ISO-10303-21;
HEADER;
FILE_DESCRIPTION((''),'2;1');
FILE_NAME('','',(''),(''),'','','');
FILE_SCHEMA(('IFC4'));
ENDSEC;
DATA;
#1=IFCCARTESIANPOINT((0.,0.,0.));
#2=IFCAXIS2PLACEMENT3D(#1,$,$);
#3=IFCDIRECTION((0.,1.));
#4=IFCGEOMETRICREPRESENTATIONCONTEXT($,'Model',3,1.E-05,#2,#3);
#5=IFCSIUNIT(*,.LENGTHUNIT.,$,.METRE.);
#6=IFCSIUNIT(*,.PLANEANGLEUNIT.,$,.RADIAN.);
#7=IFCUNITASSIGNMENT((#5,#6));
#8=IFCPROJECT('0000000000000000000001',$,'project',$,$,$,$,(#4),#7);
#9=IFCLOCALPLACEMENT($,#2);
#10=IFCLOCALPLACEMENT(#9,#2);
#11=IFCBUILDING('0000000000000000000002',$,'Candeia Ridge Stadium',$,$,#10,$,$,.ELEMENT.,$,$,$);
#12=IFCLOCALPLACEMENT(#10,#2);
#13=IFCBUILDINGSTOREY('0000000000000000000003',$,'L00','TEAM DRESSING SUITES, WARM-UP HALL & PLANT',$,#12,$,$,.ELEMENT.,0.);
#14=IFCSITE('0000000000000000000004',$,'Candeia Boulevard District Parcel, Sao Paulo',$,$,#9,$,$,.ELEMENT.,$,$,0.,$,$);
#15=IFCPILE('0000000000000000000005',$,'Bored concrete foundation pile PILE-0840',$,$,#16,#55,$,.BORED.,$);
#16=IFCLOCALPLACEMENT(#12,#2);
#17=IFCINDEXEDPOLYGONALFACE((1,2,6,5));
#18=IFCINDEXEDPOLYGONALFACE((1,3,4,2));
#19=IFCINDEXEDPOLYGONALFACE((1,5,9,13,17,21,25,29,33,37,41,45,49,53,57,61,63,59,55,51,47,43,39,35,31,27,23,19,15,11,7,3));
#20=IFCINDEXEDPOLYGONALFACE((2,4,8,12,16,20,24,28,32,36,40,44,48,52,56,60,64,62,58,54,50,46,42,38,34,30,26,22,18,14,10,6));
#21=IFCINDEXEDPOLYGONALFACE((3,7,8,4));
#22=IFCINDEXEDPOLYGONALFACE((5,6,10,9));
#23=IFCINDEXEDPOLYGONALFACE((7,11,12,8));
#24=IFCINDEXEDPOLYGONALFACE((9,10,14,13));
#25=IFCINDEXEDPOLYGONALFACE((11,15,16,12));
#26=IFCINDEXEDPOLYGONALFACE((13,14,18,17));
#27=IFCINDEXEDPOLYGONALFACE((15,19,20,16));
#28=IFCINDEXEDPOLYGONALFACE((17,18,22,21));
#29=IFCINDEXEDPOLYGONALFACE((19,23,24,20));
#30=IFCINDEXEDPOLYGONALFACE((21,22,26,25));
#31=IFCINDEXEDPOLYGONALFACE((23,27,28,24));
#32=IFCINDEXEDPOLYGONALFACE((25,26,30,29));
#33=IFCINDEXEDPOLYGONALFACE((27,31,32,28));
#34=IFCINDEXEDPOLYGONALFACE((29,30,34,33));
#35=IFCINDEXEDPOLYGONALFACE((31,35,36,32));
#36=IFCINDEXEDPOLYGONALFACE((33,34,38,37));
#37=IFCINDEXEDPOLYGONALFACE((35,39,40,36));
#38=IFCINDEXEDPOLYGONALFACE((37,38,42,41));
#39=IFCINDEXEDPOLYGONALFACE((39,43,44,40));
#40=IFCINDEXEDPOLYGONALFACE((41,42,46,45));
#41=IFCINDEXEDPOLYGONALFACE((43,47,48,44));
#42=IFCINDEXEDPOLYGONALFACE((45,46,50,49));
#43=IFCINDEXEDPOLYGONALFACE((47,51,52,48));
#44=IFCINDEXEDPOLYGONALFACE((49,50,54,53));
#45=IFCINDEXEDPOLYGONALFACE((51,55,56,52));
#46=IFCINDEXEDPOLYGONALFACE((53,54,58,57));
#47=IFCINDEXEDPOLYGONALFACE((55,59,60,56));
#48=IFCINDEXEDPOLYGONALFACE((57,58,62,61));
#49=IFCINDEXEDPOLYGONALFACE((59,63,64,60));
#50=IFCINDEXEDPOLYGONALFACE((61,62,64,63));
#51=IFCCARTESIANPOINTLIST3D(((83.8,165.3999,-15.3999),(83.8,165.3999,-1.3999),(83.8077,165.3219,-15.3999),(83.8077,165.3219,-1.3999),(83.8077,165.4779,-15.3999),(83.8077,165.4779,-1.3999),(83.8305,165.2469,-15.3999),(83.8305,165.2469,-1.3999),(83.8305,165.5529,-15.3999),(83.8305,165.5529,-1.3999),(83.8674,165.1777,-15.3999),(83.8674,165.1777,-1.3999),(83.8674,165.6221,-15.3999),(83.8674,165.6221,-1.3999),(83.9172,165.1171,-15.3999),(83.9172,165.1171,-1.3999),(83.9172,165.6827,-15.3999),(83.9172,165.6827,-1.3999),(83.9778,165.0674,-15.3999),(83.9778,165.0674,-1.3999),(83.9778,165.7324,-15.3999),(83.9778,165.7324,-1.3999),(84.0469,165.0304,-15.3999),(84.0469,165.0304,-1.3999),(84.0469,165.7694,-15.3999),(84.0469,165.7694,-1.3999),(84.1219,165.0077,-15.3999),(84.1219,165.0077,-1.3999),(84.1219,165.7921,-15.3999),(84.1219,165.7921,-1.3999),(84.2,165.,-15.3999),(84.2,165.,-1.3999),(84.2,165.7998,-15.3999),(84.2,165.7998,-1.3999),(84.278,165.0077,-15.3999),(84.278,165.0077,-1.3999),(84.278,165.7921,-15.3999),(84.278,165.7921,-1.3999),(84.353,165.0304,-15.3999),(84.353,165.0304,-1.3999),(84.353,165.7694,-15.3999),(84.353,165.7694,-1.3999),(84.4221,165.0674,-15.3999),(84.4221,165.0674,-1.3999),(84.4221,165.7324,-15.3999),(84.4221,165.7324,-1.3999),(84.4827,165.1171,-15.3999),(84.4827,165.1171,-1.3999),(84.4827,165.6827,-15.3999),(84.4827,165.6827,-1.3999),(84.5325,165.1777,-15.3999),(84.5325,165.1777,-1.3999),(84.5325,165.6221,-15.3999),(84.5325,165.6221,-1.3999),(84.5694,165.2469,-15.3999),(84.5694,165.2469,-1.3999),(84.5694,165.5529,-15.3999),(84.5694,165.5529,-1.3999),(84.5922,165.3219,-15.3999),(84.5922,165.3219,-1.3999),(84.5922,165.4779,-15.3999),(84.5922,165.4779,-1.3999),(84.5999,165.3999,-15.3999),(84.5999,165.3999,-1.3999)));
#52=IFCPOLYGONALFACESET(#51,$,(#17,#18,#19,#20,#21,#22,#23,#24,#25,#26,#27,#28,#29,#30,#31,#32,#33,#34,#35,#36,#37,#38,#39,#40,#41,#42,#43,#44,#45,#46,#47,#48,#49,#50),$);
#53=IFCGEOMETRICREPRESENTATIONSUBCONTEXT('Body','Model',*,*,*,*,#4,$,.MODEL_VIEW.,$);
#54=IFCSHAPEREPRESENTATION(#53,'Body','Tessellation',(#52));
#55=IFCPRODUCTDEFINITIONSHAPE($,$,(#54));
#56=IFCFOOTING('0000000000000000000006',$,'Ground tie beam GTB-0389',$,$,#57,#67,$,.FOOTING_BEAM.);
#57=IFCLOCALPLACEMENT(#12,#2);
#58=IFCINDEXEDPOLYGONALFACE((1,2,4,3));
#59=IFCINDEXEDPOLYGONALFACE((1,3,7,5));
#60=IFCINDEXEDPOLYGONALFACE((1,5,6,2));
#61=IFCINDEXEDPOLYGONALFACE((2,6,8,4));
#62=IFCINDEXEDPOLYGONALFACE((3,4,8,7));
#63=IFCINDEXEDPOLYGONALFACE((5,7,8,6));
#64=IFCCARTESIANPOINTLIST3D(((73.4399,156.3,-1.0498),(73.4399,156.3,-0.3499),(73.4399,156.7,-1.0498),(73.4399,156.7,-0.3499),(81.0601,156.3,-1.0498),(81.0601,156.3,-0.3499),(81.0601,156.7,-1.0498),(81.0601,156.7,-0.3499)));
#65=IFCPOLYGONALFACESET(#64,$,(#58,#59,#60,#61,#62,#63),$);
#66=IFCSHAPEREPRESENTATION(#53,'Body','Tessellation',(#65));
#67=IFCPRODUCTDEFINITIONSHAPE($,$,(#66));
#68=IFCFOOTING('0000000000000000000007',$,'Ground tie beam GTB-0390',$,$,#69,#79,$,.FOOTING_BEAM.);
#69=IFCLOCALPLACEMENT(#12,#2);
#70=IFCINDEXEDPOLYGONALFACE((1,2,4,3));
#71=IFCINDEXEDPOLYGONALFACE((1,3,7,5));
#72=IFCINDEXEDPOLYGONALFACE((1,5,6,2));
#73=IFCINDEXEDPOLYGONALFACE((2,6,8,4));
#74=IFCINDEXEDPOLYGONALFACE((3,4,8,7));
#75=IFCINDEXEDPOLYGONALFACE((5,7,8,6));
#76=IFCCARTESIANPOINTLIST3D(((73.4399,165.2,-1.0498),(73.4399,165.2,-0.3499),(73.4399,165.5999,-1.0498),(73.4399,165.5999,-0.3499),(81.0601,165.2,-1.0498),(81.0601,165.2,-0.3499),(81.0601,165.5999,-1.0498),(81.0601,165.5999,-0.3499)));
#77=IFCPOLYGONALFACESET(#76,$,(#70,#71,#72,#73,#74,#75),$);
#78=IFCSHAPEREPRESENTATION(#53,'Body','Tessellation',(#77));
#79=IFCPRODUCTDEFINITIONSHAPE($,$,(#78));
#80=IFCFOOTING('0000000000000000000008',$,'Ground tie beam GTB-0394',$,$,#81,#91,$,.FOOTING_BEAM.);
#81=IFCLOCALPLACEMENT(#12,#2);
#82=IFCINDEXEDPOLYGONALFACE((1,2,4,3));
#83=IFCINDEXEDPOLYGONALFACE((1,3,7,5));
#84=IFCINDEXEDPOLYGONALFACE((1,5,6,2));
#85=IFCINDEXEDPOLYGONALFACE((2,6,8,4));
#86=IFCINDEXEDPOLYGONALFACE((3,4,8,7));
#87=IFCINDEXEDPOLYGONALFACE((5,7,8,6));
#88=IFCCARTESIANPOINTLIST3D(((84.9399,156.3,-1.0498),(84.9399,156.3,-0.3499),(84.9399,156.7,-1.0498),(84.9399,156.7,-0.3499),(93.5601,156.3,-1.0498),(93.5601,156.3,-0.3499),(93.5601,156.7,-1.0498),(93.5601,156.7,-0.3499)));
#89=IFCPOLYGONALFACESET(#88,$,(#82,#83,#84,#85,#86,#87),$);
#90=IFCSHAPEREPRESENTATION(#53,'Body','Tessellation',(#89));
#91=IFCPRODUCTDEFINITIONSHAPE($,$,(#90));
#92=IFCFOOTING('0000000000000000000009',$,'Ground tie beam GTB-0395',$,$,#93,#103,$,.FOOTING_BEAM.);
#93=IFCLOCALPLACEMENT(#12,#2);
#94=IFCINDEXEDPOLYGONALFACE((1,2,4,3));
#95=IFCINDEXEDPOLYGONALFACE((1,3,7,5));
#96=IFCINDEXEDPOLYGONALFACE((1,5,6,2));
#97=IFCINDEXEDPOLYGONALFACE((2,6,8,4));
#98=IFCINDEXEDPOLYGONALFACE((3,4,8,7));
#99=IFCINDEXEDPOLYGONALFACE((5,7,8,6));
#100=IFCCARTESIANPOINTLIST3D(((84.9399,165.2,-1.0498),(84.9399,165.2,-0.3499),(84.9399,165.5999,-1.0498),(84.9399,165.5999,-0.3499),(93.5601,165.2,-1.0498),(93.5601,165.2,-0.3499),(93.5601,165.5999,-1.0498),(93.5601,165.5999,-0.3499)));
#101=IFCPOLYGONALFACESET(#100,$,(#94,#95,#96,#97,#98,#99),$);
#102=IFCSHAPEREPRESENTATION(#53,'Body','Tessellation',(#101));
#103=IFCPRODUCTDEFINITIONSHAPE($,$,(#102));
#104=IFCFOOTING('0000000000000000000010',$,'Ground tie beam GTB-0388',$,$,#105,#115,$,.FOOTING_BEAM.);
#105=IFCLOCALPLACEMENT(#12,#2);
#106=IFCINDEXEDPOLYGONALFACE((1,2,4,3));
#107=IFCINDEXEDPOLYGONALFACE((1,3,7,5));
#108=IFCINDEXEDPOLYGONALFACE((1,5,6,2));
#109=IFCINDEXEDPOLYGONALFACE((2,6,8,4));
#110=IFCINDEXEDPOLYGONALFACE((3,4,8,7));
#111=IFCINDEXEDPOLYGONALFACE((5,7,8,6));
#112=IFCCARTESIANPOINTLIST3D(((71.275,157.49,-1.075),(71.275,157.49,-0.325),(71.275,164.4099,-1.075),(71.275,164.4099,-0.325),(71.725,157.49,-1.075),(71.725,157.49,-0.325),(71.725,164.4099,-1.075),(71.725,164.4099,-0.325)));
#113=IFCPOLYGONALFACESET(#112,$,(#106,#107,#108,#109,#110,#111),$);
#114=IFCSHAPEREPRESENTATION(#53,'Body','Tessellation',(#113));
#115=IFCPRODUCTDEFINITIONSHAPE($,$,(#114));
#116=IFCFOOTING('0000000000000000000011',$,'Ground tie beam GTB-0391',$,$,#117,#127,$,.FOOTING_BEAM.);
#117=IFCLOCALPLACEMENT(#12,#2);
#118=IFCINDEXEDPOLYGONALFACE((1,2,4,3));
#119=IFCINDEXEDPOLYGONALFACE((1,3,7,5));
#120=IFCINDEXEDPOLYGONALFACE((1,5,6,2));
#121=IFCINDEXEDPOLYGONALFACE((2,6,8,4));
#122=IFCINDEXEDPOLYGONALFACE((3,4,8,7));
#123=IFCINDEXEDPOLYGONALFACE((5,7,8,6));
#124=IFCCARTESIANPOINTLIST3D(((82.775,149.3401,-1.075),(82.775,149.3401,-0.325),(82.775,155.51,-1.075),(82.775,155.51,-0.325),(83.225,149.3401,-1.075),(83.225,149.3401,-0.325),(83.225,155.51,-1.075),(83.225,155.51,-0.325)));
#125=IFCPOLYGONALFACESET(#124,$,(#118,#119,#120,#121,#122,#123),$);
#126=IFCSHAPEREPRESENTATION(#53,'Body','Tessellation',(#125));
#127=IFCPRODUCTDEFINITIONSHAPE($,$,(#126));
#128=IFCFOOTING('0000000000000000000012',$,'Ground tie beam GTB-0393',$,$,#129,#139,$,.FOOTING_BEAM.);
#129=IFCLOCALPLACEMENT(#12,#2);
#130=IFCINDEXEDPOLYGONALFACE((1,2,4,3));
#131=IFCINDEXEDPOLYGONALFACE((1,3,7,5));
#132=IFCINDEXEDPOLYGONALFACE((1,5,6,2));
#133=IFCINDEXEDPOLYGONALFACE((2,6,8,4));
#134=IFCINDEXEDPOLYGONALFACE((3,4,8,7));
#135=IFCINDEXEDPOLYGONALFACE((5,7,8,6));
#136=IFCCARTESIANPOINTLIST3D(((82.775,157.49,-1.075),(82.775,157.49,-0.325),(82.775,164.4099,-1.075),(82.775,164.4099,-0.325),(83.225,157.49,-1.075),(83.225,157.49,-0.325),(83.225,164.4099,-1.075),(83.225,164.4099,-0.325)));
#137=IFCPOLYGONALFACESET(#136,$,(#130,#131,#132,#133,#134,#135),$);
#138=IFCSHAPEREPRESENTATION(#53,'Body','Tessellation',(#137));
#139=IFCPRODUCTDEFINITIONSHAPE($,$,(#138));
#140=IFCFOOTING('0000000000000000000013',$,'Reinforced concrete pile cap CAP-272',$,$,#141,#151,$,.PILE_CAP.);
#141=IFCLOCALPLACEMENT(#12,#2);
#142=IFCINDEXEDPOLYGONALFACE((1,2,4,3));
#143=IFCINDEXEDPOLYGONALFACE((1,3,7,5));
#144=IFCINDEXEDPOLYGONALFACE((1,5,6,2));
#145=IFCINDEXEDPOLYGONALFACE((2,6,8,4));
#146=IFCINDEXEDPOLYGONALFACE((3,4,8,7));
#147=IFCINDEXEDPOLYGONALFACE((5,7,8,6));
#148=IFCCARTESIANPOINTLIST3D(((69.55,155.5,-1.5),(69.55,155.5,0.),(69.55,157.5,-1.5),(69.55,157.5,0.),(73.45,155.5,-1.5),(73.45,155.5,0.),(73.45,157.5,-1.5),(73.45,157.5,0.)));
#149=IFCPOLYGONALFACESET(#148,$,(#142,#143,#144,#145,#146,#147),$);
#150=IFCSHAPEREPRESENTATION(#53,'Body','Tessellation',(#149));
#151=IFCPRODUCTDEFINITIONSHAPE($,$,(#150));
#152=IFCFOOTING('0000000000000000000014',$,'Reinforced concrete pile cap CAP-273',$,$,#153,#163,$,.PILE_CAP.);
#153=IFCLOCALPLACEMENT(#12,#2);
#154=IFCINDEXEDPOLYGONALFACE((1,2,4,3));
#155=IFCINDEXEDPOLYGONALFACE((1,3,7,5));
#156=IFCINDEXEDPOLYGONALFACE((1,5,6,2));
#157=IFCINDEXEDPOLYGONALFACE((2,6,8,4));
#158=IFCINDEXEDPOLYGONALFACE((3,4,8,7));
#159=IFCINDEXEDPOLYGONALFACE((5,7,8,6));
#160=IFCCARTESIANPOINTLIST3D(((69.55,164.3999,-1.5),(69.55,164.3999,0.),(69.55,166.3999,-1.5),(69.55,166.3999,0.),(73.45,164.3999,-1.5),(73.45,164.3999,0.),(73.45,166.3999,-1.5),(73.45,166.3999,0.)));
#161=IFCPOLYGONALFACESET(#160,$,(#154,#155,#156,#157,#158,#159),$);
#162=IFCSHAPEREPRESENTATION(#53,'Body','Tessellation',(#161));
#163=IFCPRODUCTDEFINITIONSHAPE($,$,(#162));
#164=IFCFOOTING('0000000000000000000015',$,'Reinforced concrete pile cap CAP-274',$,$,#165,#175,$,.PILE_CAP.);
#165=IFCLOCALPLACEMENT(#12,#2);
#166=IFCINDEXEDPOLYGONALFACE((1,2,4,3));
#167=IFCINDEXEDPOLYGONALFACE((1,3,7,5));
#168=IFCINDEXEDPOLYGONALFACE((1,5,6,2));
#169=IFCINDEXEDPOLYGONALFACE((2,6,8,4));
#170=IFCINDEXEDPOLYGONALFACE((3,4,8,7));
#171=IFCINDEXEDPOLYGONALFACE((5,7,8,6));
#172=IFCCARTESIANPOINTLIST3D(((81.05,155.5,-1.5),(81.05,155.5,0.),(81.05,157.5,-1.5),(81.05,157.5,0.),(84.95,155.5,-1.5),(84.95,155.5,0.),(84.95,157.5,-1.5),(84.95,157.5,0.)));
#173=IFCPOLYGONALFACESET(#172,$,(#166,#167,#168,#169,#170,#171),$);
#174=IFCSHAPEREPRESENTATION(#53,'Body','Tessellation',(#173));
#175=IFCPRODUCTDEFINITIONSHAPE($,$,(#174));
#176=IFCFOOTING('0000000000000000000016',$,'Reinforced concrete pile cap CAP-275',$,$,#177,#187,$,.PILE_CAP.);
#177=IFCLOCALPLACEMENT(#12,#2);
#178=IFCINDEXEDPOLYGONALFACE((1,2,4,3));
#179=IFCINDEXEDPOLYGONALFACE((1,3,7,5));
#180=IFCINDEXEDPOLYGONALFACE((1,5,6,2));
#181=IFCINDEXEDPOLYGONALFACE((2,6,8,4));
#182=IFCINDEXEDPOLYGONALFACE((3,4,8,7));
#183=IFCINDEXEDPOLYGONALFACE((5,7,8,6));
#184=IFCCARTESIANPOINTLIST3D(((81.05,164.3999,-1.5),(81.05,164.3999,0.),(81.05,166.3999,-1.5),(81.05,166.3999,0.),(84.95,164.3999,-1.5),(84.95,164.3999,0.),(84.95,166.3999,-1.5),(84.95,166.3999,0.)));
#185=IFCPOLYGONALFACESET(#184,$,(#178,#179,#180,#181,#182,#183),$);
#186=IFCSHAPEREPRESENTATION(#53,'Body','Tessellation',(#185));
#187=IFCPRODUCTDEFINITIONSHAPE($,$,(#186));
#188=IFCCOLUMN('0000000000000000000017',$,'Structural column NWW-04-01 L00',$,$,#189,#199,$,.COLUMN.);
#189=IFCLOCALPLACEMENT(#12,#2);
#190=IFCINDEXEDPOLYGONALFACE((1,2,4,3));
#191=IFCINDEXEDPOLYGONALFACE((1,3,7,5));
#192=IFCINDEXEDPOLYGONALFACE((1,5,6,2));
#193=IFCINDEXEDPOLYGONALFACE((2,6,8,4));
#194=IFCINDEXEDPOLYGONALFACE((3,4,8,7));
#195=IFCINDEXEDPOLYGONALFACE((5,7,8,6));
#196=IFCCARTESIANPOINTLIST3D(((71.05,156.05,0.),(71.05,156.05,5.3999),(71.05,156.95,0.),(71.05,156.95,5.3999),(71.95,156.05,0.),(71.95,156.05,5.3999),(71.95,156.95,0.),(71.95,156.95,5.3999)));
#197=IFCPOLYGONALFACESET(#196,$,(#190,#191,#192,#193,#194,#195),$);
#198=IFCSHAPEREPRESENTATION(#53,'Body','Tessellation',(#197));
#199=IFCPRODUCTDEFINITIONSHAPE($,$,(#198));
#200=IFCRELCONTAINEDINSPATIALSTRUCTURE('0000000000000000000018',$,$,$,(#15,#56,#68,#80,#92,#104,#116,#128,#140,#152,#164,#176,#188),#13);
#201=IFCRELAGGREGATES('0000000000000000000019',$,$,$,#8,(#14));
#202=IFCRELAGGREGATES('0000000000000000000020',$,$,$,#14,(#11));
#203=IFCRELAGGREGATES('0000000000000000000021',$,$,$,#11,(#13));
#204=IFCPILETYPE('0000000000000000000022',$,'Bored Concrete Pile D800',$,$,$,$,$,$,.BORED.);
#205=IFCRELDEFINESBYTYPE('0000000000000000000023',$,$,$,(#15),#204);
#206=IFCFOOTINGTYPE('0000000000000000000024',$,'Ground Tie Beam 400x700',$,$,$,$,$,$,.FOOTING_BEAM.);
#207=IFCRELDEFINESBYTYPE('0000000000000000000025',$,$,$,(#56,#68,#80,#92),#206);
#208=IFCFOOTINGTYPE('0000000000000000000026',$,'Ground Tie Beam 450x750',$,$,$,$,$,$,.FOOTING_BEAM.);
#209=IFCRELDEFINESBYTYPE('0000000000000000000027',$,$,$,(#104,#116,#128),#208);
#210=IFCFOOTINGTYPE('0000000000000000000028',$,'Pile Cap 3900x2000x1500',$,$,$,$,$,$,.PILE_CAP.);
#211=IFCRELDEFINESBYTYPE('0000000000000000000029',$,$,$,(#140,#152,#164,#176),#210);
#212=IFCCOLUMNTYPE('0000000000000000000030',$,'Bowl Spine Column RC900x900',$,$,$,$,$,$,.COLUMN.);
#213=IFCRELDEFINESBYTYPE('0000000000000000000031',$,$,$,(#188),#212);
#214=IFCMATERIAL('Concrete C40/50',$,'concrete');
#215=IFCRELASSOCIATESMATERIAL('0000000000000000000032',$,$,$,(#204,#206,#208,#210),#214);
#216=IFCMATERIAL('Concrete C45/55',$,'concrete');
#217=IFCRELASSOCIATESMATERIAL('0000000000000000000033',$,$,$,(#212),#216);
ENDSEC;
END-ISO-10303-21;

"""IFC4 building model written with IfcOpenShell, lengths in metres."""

from ifc_helpers import new_model, si_unit, direction, frame, origin, origin_2d, place, context, subcontext, project, spatial, rectangle, circle, extrude, material, material_profile, profile_set, type_object, element, save


model = new_model("IFC4")

# Units and contexts
model_context = context("Model", 3, precision=1e-05, world=origin(), true_north=direction((0.0, 1.0)))
body_context = subcontext(model_context, "Body", "Model", "MODEL_VIEW")
ifc_project = project(units=[si_unit("LENGTHUNIT", "METRE"), si_unit("PLANEANGLEUNIT", "RADIAN")], contexts=[model_context])

# Site, building, storey
site_placement = place(None, origin())
site = spatial("IfcSite", under=ifc_project, at=site_placement, Name="Candeia Boulevard District Parcel, Sao Paulo", CompositionType="ELEMENT", RefElevation=0.0)
building_placement = place(site_placement, origin())
building = spatial("IfcBuilding", under=site, at=building_placement, Name="Candeia Ridge Stadium", CompositionType="ELEMENT")
storey_placement = place(building_placement, origin())
storey = spatial("IfcBuildingStorey", under=building, at=storey_placement, Name="L00", Description="TEAM DRESSING SUITES, WARM-UP HALL & PLANT", CompositionType="ELEMENT", Elevation=0.0)

# Pile
ifc_material_1 = material(Name="Concrete C40/50", Category="concrete")
ifc_material_profile_1 = material_profile(ifc_material_1, circle(Radius=0.3999, at=origin_2d()), Name="PILE-D800", Category="concrete")
ifc_profile_set_1 = profile_set([ifc_material_profile_1], Name="Concrete C40/50")
pile_type = type_object("IfcPileType", Name="Bored Concrete Pile D800", PredefinedType="BORED", material=ifc_profile_set_1)
for number, where, z_axis, x_axis, name in (
    (1, (84.2, 165.3999, -1.3999), (0.0, 0.0, -1.0), (1.0, 0.0, 0.0), "Bored concrete foundation pile PILE-0840"),
):
    element("IfcPile", number, at=place(storey_placement, frame(where, z_axis=z_axis, x_axis=x_axis)), inside=storey, type_object=pile_type, Name=name, PredefinedType="BORED", context=body_context, shape_type="SweptSolid", body=[
        extrude(circle(Radius=0.3999, at=origin_2d()), origin(), (0.0, 0.0, 1.0), 14.0),
    ])

# Footings
footing_type_1 = type_object("IfcFootingType", Name="Ground Tie Beam 400x700", PredefinedType="FOOTING_BEAM", material=ifc_material_1)
for number, where, z_axis, x_axis, name in (
    (2, (77.25, 156.5, -1.0498), (0.0, 0.0, 1.0), (1.0, 0.0, 0.0), "Ground tie beam GTB-0389"),
    (3, (77.25, 165.3999, -1.0498), (0.0, 0.0, 1.0), (1.0, 0.0, 0.0), "Ground tie beam GTB-0390"),
):
    element("IfcFooting", number, at=place(storey_placement, frame(where, z_axis=z_axis, x_axis=x_axis)), inside=storey, type_object=footing_type_1, Name=name, PredefinedType="FOOTING_BEAM", context=body_context, shape_type="SweptSolid", body=[
        extrude(rectangle(XDim=7.6201, YDim=0.3999, at=origin_2d()), origin(), (0.0, 0.0, 1.0), 0.7),
    ])
for number, where, z_axis, x_axis, name in (
    (4, (89.25, 156.5, -1.0498), (0.0, 0.0, 1.0), (1.0, 0.0, 0.0), "Ground tie beam GTB-0394"),
    (5, (89.25, 165.3999, -1.0498), (0.0, 0.0, 1.0), (1.0, 0.0, 0.0), "Ground tie beam GTB-0395"),
):
    element("IfcFooting", number, at=place(storey_placement, frame(where, z_axis=z_axis, x_axis=x_axis)), inside=storey, type_object=footing_type_1, Name=name, PredefinedType="FOOTING_BEAM", context=body_context, shape_type="SweptSolid", body=[
        extrude(rectangle(XDim=8.6201, YDim=0.3999, at=origin_2d()), origin(), (0.0, 0.0, 1.0), 0.7),
    ])
footing_type_2 = type_object("IfcFootingType", Name="Ground Tie Beam 450x750", PredefinedType="FOOTING_BEAM", material=ifc_material_1)
footing_1_placement = place(storey_placement, frame((71.5, 160.95, -1.075), z_axis=(0.0, 0.0, 1.0), x_axis=(0.0, 1.0, 0.0)))
element("IfcFooting", 6, at=footing_1_placement, inside=storey, type_object=footing_type_2, Name="Ground tie beam GTB-0388", PredefinedType="FOOTING_BEAM", context=body_context, shape_type="SweptSolid", body=[
    extrude(rectangle(XDim=6.9199, YDim=0.45, at=origin_2d()), origin(), (0.0, 0.0, 1.0), 0.75),
])
footing_2_placement = place(storey_placement, frame((83.0, 152.425, -1.075), z_axis=(0.0, 0.0, 1.0), x_axis=(0.0, 1.0, 0.0)))
element("IfcFooting", 7, at=footing_2_placement, inside=storey, type_object=footing_type_2, Name="Ground tie beam GTB-0391", PredefinedType="FOOTING_BEAM", context=body_context, shape_type="SweptSolid", body=[
    extrude(rectangle(XDim=6.1699, YDim=0.45, at=origin_2d()), origin(), (0.0, 0.0, 1.0), 0.75),
])
footing_3_placement = place(storey_placement, frame((83.0, 160.95, -1.075), z_axis=(0.0, 0.0, 1.0), x_axis=(0.0, 1.0, 0.0)))
element("IfcFooting", 8, at=footing_3_placement, inside=storey, type_object=footing_type_2, Name="Ground tie beam GTB-0393", PredefinedType="FOOTING_BEAM", context=body_context, shape_type="SweptSolid", body=[
    extrude(rectangle(XDim=6.9199, YDim=0.45, at=origin_2d()), origin(), (0.0, 0.0, 1.0), 0.75),
])
footing_type_3 = type_object("IfcFootingType", Name="Pile Cap 3900x2000x1500", PredefinedType="PILE_CAP", material=ifc_material_1)
for number, where, z_axis, x_axis, name in (
    (9, (71.5, 156.5, -1.5), (0.0, 0.0, 1.0), (1.0, 0.0, 0.0), "Reinforced concrete pile cap CAP-272"),
    (10, (71.5, 165.3999, -1.5), (0.0, 0.0, 1.0), (1.0, 0.0, 0.0), "Reinforced concrete pile cap CAP-273"),
    (11, (83.0, 156.5, -1.5), (0.0, 0.0, 1.0), (1.0, 0.0, 0.0), "Reinforced concrete pile cap CAP-274"),
    (12, (83.0, 165.3999, -1.5), (0.0, 0.0, 1.0), (1.0, 0.0, 0.0), "Reinforced concrete pile cap CAP-275"),
):
    element("IfcFooting", number, at=place(storey_placement, frame(where, z_axis=z_axis, x_axis=x_axis)), inside=storey, type_object=footing_type_3, Name=name, PredefinedType="PILE_CAP", context=body_context, shape_type="SweptSolid", body=[
        extrude(rectangle(XDim=3.8999, YDim=2.0, at=origin_2d()), origin(), (0.0, 0.0, 1.0), 1.5),
    ])

# Column
ifc_material_2 = material(Name="Concrete C45/55", Category="concrete")
ifc_material_profile_2 = material_profile(ifc_material_2, rectangle(XDim=0.8999, YDim=0.8999, at=origin_2d()), Name="RC900x900", Category="concrete")
ifc_profile_set_2 = profile_set([ifc_material_profile_2], Name="Concrete C45/55")
column_type_1 = type_object("IfcColumnType", Name="Bowl Spine Column RC900x900", PredefinedType="COLUMN", material=ifc_profile_set_2)
for number, where, z_axis, x_axis, name in (
    (13, (71.5, 156.5, 0.0), (0.0, 0.0, 1.0), (1.0, 0.0, 0.0), "Structural column NWW-04-01 L00"),
):
    element("IfcColumn", number, at=place(storey_placement, frame(where, z_axis=z_axis, x_axis=x_axis)), inside=storey, type_object=column_type_1, Name=name, PredefinedType="COLUMN", context=body_context, shape_type="SweptSolid", body=[
        extrude(rectangle(XDim=0.8999, YDim=0.8999, at=origin_2d()), origin(), (0.0, 0.0, 1.0), 5.3999),
    ])

save(model, "model.ifc")
